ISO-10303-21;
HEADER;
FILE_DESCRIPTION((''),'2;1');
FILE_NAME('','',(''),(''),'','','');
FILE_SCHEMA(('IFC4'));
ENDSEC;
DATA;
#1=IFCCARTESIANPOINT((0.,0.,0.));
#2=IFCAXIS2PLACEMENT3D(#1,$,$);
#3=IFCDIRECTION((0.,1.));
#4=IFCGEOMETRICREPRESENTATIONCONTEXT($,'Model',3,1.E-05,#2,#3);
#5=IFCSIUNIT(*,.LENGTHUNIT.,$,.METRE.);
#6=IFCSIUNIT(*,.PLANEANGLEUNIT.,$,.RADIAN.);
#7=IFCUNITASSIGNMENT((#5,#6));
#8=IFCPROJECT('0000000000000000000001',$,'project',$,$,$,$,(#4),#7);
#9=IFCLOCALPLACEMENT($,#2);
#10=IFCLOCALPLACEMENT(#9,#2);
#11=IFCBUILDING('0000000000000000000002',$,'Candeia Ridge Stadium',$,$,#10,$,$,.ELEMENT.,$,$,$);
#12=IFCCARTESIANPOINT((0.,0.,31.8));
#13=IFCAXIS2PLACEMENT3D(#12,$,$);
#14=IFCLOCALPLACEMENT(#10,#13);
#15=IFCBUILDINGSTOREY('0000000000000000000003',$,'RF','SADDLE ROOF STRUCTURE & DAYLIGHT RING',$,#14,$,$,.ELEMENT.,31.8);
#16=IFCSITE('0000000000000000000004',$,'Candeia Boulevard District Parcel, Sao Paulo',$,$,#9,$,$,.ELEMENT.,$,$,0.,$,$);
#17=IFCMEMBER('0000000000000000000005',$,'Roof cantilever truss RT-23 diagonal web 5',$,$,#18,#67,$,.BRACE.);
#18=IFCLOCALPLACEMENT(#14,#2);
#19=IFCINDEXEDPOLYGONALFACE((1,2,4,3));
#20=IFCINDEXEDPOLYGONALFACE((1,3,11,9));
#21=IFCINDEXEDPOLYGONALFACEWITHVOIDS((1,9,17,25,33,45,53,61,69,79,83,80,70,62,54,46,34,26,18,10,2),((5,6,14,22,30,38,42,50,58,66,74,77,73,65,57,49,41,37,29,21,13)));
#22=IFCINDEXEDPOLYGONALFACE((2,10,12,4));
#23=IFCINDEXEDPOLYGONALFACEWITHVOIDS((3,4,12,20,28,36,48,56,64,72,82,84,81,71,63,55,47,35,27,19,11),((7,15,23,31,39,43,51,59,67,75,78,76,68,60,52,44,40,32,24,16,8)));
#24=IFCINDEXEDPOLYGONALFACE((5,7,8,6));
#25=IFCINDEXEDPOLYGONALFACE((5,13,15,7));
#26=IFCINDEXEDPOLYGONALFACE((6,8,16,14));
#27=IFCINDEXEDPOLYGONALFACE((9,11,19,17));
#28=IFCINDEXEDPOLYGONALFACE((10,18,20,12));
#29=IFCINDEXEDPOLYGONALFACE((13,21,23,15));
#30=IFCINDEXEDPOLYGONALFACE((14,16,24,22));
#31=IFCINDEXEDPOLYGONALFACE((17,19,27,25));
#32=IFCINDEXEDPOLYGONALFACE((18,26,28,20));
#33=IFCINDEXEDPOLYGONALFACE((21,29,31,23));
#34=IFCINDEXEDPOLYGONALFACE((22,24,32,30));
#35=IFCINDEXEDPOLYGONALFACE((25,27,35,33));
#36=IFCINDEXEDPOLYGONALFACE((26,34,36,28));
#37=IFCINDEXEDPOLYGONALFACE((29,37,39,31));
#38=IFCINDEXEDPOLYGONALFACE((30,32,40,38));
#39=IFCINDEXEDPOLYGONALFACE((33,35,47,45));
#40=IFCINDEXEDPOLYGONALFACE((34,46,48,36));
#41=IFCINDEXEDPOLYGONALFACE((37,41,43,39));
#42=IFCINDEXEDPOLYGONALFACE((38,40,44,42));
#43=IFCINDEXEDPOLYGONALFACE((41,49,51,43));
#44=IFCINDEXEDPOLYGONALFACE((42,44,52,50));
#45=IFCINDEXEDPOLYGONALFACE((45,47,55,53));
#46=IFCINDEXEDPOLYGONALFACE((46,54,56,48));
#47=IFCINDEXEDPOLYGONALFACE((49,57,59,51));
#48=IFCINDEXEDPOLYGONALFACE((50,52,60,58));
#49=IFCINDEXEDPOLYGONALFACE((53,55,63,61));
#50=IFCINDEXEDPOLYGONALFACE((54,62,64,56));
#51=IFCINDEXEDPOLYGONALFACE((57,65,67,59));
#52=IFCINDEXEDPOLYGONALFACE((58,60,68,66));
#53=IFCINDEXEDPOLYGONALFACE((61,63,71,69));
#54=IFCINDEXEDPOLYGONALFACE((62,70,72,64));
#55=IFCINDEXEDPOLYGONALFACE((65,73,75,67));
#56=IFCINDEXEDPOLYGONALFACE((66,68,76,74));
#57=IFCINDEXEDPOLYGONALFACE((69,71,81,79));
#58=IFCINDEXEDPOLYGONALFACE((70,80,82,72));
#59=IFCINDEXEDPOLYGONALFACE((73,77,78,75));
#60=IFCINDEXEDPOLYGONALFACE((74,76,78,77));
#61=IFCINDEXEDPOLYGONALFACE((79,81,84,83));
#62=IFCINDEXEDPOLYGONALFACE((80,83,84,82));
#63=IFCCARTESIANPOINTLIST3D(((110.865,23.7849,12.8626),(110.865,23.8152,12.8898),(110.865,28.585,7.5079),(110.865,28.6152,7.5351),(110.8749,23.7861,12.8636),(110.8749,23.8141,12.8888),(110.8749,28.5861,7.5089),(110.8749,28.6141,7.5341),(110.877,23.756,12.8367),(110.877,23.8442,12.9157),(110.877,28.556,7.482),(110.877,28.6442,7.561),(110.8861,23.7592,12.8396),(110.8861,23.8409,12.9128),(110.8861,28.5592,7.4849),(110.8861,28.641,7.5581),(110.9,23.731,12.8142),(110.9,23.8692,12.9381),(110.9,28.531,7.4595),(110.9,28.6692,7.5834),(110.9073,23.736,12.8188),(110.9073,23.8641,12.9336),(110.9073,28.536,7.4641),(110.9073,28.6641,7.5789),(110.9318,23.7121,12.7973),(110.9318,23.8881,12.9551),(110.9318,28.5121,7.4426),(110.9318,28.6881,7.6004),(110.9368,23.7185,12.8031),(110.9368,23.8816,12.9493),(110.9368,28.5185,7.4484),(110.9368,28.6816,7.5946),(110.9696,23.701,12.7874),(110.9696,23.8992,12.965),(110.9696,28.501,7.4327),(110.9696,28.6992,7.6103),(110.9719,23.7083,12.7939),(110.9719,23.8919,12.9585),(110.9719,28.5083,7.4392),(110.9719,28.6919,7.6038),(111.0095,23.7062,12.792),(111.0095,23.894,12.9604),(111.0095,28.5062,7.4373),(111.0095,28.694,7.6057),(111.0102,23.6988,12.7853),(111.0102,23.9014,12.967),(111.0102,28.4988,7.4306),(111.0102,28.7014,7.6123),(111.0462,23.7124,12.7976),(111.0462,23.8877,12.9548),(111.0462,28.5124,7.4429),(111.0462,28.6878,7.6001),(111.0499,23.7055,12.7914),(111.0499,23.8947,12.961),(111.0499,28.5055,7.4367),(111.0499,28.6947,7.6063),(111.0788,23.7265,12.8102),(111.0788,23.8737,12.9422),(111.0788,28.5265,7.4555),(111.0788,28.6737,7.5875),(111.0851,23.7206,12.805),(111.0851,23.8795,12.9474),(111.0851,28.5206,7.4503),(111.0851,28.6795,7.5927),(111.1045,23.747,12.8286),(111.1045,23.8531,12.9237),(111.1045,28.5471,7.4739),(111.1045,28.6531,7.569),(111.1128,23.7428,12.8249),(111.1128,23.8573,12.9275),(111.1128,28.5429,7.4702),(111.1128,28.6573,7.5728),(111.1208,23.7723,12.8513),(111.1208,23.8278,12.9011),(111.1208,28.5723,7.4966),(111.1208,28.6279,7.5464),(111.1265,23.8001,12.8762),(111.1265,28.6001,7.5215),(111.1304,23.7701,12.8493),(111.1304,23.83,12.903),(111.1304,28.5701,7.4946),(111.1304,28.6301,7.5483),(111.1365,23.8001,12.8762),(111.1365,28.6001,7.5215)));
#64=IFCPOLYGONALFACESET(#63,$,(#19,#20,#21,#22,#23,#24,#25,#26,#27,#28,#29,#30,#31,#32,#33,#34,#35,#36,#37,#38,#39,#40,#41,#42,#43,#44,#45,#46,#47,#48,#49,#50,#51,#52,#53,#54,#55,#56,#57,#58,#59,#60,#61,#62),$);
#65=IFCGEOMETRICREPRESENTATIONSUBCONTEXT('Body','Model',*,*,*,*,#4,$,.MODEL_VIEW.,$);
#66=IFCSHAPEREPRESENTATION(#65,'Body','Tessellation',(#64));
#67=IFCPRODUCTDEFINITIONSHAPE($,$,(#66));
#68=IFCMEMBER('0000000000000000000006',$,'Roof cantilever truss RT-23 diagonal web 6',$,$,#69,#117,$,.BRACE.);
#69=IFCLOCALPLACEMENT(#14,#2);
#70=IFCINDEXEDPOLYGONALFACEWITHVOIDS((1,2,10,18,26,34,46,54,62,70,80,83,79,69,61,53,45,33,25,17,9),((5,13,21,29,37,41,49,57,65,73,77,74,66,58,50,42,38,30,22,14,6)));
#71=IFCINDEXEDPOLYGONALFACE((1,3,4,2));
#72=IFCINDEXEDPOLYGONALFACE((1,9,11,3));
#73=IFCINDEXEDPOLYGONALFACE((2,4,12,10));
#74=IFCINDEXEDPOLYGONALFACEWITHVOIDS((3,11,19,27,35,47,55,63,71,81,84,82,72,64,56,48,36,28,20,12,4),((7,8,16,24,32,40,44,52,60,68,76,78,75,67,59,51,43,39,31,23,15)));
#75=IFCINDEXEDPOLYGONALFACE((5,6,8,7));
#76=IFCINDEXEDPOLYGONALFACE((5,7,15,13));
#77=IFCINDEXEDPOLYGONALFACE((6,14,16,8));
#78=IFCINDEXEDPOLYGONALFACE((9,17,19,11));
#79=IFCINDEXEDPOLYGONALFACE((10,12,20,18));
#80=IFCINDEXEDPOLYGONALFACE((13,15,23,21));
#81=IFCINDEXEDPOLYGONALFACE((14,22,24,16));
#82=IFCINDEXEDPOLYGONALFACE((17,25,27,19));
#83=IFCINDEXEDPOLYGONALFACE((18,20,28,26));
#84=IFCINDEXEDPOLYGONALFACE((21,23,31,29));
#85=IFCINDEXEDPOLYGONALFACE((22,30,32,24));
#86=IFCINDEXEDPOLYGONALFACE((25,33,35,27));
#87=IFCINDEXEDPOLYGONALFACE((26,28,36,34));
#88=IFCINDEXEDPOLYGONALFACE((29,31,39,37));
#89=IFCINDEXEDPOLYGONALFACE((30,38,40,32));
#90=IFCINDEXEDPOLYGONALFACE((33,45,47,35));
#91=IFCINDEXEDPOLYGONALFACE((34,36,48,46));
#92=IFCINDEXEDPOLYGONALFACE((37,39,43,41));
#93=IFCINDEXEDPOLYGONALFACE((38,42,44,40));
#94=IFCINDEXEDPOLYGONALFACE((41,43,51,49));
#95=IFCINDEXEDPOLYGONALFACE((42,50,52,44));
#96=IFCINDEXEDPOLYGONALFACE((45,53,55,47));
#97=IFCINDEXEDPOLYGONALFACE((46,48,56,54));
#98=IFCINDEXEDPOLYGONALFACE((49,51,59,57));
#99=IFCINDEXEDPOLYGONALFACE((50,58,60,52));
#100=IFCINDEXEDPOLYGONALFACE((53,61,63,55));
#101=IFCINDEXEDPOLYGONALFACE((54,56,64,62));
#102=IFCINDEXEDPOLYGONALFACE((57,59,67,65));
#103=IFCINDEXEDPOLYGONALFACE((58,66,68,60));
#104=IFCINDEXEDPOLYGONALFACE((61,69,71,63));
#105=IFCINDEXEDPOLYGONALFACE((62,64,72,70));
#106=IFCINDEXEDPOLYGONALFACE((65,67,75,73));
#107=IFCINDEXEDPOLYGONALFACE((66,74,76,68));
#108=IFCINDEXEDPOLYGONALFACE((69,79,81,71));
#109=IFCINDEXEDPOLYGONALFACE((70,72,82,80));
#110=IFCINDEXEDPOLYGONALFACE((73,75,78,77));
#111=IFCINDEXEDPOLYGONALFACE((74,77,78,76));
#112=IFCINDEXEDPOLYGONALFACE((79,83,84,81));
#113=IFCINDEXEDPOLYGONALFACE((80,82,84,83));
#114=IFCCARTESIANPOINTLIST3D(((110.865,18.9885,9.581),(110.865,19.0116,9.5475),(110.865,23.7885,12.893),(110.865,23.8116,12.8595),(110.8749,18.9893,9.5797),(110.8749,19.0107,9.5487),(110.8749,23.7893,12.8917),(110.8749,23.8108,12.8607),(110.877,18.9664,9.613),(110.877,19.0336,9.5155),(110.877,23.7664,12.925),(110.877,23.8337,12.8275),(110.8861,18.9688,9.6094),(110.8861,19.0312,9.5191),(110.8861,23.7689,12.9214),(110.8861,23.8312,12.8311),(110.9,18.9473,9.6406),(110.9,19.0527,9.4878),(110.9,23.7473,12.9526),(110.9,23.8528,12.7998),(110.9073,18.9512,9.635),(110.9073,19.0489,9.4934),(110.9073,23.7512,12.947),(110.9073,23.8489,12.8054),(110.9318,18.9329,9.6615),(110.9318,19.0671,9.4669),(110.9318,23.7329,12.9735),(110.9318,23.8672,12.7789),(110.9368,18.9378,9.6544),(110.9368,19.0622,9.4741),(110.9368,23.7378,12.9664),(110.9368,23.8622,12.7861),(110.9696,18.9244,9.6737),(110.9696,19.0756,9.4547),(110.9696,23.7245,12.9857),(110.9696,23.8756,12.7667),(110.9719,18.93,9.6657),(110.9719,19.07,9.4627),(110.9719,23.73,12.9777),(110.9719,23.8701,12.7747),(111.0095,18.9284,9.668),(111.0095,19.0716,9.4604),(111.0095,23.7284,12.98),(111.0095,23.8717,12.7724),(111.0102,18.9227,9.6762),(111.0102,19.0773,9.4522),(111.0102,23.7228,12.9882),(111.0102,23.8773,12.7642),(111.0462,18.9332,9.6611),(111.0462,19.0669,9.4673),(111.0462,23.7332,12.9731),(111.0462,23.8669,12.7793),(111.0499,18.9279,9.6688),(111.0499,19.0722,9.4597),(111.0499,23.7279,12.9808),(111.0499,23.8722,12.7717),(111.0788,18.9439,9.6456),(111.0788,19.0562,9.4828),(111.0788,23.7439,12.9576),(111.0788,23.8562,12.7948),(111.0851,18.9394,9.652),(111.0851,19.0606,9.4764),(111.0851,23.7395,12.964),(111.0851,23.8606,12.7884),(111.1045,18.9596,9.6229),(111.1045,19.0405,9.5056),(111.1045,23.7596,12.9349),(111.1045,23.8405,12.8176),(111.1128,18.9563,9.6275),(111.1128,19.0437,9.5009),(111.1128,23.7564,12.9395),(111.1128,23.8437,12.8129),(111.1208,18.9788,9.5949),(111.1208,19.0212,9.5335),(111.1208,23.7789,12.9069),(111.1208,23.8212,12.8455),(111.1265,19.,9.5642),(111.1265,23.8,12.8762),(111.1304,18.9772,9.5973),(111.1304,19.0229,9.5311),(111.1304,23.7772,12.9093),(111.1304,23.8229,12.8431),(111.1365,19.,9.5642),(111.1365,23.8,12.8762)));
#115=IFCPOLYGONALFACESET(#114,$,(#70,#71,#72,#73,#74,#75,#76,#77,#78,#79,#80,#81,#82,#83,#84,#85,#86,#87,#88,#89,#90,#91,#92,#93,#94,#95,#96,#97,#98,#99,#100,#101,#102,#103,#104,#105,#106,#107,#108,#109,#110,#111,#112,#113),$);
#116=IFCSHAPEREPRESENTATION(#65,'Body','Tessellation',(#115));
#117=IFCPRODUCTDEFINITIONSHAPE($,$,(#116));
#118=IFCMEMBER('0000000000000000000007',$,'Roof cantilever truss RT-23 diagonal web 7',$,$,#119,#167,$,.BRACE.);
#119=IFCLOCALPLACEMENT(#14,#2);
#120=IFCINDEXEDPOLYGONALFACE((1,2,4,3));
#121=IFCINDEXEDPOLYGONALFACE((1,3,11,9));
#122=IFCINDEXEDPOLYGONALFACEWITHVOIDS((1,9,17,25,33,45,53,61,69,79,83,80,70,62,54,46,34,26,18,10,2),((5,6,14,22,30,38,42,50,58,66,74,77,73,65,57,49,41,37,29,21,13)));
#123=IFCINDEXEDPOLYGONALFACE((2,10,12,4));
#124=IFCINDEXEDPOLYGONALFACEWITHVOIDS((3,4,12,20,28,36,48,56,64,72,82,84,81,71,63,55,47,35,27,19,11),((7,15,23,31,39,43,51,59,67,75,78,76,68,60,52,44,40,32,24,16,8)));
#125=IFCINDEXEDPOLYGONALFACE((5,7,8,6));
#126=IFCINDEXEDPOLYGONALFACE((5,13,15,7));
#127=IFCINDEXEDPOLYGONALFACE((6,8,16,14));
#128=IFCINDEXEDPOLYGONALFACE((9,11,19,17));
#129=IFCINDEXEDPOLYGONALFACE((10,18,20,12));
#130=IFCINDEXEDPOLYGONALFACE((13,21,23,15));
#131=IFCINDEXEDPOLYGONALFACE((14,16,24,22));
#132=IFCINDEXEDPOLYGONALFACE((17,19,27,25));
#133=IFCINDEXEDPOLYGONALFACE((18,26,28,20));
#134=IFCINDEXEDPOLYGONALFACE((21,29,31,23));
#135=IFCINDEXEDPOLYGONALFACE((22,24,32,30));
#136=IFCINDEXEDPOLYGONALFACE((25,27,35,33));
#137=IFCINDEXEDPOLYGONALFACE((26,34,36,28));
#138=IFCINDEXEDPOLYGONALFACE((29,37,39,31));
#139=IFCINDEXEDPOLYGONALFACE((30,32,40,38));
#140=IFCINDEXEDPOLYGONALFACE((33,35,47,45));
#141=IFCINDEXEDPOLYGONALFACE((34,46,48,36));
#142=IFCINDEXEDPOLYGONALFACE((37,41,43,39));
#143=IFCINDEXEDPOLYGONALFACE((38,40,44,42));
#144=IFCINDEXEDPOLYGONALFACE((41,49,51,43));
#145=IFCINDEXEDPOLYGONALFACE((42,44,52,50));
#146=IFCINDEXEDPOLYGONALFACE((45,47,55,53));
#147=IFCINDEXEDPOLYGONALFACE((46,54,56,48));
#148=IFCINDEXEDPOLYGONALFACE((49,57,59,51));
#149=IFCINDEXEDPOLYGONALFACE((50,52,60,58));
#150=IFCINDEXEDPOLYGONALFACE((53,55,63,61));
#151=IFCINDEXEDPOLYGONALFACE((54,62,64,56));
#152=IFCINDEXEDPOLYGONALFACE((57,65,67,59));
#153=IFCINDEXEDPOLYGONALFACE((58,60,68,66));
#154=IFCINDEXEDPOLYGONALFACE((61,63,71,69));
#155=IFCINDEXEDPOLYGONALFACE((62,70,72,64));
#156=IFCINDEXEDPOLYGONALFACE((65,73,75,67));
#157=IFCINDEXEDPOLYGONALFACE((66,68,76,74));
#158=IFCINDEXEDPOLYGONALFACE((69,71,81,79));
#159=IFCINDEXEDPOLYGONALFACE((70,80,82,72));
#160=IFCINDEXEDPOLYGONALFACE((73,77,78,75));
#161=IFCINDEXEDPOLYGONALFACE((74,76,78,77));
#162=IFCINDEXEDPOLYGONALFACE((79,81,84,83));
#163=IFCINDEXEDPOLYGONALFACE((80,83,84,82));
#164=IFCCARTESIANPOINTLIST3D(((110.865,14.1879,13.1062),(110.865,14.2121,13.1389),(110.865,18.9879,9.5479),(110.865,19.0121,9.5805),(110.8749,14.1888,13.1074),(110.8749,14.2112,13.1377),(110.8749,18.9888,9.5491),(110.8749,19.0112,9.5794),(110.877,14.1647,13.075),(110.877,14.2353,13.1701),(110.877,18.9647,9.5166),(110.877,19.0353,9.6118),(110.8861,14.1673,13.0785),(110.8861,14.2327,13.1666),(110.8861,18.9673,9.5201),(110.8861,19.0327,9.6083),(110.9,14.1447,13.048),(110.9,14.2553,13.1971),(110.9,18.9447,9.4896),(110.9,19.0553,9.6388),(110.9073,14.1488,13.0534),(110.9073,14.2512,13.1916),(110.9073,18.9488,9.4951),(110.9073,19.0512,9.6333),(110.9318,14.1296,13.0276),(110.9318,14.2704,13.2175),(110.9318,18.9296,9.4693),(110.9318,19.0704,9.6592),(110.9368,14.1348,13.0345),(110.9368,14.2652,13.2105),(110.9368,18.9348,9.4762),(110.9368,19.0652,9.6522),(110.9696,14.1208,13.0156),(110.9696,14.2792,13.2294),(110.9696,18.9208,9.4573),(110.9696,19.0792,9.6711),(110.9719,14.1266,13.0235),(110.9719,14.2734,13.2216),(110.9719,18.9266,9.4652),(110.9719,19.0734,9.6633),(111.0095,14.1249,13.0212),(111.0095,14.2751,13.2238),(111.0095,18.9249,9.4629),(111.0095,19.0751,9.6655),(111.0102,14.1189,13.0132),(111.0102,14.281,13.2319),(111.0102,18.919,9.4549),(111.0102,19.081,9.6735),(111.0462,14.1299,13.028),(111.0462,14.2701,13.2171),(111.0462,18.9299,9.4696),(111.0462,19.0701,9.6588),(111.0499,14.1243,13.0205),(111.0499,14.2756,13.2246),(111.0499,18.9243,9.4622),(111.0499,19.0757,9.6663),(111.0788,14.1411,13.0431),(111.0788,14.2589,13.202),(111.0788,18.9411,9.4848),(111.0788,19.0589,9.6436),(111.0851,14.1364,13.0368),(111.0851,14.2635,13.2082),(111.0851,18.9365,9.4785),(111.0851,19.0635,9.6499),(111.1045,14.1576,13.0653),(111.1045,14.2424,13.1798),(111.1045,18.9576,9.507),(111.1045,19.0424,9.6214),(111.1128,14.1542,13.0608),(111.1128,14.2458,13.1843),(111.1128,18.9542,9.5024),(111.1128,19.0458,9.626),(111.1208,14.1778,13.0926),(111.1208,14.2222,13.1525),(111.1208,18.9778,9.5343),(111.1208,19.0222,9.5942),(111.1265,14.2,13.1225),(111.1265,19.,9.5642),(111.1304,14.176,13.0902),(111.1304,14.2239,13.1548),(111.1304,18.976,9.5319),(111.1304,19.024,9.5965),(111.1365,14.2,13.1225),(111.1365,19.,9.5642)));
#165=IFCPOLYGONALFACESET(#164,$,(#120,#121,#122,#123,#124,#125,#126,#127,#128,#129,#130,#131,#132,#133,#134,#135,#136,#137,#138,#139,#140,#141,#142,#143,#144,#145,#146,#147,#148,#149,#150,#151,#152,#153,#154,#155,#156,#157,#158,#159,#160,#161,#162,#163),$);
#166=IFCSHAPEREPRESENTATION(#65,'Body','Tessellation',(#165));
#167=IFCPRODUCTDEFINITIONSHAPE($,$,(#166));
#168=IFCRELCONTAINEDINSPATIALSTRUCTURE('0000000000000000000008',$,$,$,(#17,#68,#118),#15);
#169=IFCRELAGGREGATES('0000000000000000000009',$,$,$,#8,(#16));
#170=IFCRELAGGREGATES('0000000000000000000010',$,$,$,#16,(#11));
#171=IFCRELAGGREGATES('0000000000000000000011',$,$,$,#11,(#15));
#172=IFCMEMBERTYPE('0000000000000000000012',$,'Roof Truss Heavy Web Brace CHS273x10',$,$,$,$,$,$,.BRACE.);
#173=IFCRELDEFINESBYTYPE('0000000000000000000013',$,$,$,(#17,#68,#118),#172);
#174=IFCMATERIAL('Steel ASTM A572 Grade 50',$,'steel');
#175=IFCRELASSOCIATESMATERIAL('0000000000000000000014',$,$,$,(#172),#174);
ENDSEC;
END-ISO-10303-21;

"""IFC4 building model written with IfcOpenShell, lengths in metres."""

from ifc_helpers import new_model, si_unit, direction, frame, origin, origin_2d, place, context, subcontext, project, spatial, hollow_circle, extrude, material, material_profile, profile_set, type_object, element, save


model = new_model("IFC4")

# Units and contexts
model_context = context("Model", 3, precision=1e-05, world=origin(), true_north=direction((0.0, 1.0)))
body_context = subcontext(model_context, "Body", "Model", "MODEL_VIEW")
ifc_project = project(units=[si_unit("LENGTHUNIT", "METRE"), si_unit("PLANEANGLEUNIT", "RADIAN")], contexts=[model_context])

# Site, building, storey
site_placement = place(None, origin())
site = spatial("IfcSite", under=ifc_project, at=site_placement, Name="Candeia Boulevard District Parcel, Sao Paulo", CompositionType="ELEMENT", RefElevation=0.0)
building_placement = place(site_placement, origin())
building = spatial("IfcBuilding", under=site, at=building_placement, Name="Candeia Ridge Stadium", CompositionType="ELEMENT")
storey_placement = place(building_placement, frame((0.0, 0.0, 31.8)))
storey = spatial("IfcBuildingStorey", under=building, at=storey_placement, Name="RF", Description="SADDLE ROOF STRUCTURE & DAYLIGHT RING", CompositionType="ELEMENT", Elevation=31.8)

# Shared definitions
ifc_material_1 = material(Name="Steel ASTM A572 Grade 50", Category="steel")

# Members
ifc_material_profile_1 = material_profile(ifc_material_1, hollow_circle(Radius=0.1365, WallThickness=0.01, at=origin_2d()), Name="CHS273x10", Category="steel")
ifc_profile_set_1 = profile_set([ifc_material_profile_1], Name="Steel ASTM A572 Grade 50")
member_type_1 = type_object("IfcMemberType", Name="Roof Truss Heavy Web Brace CHS273x10", PredefinedType="BRACE", material=ifc_profile_set_1)
member_1_placement = place(storey_placement, frame((111.0, 28.6001, 7.5215), z_axis=(0.0, -0.667487, 0.744621), x_axis=(1.0, 0.0, 0.0)))
element("IfcMember", 1, at=member_1_placement, inside=storey, type_object=member_type_1, Name="Roof cantilever truss RT-23 diagonal web 5", PredefinedType="BRACE", context=body_context, shape_type="SweptSolid", body=[
    extrude(hollow_circle(Radius=0.1365, WallThickness=0.01, at=origin_2d()), origin(), (0.0, 0.0, 1.0), 7.1912),
])
member_2_placement = place(storey_placement, frame((111.0, 23.8, 12.8762), z_axis=(0.0, -0.823082, -0.567923), x_axis=(1.0, 0.0, 0.0)))
element("IfcMember", 2, at=member_2_placement, inside=storey, type_object=member_type_1, Name="Roof cantilever truss RT-23 diagonal web 6", PredefinedType="BRACE", context=body_context, shape_type="SweptSolid", body=[
    extrude(hollow_circle(Radius=0.1365, WallThickness=0.01, at=origin_2d()), origin(), (0.0, 0.0, 1.0), 5.8318),
])
member_3_placement = place(storey_placement, frame((111.0, 19.0, 9.5642), z_axis=(0.0, -0.803336, 0.595526), x_axis=(1.0, 0.0, 0.0)))
element("IfcMember", 3, at=member_3_placement, inside=storey, type_object=member_type_1, Name="Roof cantilever truss RT-23 diagonal web 7", PredefinedType="BRACE", context=body_context, shape_type="SweptSolid", body=[
    extrude(hollow_circle(Radius=0.1365, WallThickness=0.01, at=origin_2d()), origin(), (0.0, 0.0, 1.0), 5.9751),
])

save(model, "model.ifc")
